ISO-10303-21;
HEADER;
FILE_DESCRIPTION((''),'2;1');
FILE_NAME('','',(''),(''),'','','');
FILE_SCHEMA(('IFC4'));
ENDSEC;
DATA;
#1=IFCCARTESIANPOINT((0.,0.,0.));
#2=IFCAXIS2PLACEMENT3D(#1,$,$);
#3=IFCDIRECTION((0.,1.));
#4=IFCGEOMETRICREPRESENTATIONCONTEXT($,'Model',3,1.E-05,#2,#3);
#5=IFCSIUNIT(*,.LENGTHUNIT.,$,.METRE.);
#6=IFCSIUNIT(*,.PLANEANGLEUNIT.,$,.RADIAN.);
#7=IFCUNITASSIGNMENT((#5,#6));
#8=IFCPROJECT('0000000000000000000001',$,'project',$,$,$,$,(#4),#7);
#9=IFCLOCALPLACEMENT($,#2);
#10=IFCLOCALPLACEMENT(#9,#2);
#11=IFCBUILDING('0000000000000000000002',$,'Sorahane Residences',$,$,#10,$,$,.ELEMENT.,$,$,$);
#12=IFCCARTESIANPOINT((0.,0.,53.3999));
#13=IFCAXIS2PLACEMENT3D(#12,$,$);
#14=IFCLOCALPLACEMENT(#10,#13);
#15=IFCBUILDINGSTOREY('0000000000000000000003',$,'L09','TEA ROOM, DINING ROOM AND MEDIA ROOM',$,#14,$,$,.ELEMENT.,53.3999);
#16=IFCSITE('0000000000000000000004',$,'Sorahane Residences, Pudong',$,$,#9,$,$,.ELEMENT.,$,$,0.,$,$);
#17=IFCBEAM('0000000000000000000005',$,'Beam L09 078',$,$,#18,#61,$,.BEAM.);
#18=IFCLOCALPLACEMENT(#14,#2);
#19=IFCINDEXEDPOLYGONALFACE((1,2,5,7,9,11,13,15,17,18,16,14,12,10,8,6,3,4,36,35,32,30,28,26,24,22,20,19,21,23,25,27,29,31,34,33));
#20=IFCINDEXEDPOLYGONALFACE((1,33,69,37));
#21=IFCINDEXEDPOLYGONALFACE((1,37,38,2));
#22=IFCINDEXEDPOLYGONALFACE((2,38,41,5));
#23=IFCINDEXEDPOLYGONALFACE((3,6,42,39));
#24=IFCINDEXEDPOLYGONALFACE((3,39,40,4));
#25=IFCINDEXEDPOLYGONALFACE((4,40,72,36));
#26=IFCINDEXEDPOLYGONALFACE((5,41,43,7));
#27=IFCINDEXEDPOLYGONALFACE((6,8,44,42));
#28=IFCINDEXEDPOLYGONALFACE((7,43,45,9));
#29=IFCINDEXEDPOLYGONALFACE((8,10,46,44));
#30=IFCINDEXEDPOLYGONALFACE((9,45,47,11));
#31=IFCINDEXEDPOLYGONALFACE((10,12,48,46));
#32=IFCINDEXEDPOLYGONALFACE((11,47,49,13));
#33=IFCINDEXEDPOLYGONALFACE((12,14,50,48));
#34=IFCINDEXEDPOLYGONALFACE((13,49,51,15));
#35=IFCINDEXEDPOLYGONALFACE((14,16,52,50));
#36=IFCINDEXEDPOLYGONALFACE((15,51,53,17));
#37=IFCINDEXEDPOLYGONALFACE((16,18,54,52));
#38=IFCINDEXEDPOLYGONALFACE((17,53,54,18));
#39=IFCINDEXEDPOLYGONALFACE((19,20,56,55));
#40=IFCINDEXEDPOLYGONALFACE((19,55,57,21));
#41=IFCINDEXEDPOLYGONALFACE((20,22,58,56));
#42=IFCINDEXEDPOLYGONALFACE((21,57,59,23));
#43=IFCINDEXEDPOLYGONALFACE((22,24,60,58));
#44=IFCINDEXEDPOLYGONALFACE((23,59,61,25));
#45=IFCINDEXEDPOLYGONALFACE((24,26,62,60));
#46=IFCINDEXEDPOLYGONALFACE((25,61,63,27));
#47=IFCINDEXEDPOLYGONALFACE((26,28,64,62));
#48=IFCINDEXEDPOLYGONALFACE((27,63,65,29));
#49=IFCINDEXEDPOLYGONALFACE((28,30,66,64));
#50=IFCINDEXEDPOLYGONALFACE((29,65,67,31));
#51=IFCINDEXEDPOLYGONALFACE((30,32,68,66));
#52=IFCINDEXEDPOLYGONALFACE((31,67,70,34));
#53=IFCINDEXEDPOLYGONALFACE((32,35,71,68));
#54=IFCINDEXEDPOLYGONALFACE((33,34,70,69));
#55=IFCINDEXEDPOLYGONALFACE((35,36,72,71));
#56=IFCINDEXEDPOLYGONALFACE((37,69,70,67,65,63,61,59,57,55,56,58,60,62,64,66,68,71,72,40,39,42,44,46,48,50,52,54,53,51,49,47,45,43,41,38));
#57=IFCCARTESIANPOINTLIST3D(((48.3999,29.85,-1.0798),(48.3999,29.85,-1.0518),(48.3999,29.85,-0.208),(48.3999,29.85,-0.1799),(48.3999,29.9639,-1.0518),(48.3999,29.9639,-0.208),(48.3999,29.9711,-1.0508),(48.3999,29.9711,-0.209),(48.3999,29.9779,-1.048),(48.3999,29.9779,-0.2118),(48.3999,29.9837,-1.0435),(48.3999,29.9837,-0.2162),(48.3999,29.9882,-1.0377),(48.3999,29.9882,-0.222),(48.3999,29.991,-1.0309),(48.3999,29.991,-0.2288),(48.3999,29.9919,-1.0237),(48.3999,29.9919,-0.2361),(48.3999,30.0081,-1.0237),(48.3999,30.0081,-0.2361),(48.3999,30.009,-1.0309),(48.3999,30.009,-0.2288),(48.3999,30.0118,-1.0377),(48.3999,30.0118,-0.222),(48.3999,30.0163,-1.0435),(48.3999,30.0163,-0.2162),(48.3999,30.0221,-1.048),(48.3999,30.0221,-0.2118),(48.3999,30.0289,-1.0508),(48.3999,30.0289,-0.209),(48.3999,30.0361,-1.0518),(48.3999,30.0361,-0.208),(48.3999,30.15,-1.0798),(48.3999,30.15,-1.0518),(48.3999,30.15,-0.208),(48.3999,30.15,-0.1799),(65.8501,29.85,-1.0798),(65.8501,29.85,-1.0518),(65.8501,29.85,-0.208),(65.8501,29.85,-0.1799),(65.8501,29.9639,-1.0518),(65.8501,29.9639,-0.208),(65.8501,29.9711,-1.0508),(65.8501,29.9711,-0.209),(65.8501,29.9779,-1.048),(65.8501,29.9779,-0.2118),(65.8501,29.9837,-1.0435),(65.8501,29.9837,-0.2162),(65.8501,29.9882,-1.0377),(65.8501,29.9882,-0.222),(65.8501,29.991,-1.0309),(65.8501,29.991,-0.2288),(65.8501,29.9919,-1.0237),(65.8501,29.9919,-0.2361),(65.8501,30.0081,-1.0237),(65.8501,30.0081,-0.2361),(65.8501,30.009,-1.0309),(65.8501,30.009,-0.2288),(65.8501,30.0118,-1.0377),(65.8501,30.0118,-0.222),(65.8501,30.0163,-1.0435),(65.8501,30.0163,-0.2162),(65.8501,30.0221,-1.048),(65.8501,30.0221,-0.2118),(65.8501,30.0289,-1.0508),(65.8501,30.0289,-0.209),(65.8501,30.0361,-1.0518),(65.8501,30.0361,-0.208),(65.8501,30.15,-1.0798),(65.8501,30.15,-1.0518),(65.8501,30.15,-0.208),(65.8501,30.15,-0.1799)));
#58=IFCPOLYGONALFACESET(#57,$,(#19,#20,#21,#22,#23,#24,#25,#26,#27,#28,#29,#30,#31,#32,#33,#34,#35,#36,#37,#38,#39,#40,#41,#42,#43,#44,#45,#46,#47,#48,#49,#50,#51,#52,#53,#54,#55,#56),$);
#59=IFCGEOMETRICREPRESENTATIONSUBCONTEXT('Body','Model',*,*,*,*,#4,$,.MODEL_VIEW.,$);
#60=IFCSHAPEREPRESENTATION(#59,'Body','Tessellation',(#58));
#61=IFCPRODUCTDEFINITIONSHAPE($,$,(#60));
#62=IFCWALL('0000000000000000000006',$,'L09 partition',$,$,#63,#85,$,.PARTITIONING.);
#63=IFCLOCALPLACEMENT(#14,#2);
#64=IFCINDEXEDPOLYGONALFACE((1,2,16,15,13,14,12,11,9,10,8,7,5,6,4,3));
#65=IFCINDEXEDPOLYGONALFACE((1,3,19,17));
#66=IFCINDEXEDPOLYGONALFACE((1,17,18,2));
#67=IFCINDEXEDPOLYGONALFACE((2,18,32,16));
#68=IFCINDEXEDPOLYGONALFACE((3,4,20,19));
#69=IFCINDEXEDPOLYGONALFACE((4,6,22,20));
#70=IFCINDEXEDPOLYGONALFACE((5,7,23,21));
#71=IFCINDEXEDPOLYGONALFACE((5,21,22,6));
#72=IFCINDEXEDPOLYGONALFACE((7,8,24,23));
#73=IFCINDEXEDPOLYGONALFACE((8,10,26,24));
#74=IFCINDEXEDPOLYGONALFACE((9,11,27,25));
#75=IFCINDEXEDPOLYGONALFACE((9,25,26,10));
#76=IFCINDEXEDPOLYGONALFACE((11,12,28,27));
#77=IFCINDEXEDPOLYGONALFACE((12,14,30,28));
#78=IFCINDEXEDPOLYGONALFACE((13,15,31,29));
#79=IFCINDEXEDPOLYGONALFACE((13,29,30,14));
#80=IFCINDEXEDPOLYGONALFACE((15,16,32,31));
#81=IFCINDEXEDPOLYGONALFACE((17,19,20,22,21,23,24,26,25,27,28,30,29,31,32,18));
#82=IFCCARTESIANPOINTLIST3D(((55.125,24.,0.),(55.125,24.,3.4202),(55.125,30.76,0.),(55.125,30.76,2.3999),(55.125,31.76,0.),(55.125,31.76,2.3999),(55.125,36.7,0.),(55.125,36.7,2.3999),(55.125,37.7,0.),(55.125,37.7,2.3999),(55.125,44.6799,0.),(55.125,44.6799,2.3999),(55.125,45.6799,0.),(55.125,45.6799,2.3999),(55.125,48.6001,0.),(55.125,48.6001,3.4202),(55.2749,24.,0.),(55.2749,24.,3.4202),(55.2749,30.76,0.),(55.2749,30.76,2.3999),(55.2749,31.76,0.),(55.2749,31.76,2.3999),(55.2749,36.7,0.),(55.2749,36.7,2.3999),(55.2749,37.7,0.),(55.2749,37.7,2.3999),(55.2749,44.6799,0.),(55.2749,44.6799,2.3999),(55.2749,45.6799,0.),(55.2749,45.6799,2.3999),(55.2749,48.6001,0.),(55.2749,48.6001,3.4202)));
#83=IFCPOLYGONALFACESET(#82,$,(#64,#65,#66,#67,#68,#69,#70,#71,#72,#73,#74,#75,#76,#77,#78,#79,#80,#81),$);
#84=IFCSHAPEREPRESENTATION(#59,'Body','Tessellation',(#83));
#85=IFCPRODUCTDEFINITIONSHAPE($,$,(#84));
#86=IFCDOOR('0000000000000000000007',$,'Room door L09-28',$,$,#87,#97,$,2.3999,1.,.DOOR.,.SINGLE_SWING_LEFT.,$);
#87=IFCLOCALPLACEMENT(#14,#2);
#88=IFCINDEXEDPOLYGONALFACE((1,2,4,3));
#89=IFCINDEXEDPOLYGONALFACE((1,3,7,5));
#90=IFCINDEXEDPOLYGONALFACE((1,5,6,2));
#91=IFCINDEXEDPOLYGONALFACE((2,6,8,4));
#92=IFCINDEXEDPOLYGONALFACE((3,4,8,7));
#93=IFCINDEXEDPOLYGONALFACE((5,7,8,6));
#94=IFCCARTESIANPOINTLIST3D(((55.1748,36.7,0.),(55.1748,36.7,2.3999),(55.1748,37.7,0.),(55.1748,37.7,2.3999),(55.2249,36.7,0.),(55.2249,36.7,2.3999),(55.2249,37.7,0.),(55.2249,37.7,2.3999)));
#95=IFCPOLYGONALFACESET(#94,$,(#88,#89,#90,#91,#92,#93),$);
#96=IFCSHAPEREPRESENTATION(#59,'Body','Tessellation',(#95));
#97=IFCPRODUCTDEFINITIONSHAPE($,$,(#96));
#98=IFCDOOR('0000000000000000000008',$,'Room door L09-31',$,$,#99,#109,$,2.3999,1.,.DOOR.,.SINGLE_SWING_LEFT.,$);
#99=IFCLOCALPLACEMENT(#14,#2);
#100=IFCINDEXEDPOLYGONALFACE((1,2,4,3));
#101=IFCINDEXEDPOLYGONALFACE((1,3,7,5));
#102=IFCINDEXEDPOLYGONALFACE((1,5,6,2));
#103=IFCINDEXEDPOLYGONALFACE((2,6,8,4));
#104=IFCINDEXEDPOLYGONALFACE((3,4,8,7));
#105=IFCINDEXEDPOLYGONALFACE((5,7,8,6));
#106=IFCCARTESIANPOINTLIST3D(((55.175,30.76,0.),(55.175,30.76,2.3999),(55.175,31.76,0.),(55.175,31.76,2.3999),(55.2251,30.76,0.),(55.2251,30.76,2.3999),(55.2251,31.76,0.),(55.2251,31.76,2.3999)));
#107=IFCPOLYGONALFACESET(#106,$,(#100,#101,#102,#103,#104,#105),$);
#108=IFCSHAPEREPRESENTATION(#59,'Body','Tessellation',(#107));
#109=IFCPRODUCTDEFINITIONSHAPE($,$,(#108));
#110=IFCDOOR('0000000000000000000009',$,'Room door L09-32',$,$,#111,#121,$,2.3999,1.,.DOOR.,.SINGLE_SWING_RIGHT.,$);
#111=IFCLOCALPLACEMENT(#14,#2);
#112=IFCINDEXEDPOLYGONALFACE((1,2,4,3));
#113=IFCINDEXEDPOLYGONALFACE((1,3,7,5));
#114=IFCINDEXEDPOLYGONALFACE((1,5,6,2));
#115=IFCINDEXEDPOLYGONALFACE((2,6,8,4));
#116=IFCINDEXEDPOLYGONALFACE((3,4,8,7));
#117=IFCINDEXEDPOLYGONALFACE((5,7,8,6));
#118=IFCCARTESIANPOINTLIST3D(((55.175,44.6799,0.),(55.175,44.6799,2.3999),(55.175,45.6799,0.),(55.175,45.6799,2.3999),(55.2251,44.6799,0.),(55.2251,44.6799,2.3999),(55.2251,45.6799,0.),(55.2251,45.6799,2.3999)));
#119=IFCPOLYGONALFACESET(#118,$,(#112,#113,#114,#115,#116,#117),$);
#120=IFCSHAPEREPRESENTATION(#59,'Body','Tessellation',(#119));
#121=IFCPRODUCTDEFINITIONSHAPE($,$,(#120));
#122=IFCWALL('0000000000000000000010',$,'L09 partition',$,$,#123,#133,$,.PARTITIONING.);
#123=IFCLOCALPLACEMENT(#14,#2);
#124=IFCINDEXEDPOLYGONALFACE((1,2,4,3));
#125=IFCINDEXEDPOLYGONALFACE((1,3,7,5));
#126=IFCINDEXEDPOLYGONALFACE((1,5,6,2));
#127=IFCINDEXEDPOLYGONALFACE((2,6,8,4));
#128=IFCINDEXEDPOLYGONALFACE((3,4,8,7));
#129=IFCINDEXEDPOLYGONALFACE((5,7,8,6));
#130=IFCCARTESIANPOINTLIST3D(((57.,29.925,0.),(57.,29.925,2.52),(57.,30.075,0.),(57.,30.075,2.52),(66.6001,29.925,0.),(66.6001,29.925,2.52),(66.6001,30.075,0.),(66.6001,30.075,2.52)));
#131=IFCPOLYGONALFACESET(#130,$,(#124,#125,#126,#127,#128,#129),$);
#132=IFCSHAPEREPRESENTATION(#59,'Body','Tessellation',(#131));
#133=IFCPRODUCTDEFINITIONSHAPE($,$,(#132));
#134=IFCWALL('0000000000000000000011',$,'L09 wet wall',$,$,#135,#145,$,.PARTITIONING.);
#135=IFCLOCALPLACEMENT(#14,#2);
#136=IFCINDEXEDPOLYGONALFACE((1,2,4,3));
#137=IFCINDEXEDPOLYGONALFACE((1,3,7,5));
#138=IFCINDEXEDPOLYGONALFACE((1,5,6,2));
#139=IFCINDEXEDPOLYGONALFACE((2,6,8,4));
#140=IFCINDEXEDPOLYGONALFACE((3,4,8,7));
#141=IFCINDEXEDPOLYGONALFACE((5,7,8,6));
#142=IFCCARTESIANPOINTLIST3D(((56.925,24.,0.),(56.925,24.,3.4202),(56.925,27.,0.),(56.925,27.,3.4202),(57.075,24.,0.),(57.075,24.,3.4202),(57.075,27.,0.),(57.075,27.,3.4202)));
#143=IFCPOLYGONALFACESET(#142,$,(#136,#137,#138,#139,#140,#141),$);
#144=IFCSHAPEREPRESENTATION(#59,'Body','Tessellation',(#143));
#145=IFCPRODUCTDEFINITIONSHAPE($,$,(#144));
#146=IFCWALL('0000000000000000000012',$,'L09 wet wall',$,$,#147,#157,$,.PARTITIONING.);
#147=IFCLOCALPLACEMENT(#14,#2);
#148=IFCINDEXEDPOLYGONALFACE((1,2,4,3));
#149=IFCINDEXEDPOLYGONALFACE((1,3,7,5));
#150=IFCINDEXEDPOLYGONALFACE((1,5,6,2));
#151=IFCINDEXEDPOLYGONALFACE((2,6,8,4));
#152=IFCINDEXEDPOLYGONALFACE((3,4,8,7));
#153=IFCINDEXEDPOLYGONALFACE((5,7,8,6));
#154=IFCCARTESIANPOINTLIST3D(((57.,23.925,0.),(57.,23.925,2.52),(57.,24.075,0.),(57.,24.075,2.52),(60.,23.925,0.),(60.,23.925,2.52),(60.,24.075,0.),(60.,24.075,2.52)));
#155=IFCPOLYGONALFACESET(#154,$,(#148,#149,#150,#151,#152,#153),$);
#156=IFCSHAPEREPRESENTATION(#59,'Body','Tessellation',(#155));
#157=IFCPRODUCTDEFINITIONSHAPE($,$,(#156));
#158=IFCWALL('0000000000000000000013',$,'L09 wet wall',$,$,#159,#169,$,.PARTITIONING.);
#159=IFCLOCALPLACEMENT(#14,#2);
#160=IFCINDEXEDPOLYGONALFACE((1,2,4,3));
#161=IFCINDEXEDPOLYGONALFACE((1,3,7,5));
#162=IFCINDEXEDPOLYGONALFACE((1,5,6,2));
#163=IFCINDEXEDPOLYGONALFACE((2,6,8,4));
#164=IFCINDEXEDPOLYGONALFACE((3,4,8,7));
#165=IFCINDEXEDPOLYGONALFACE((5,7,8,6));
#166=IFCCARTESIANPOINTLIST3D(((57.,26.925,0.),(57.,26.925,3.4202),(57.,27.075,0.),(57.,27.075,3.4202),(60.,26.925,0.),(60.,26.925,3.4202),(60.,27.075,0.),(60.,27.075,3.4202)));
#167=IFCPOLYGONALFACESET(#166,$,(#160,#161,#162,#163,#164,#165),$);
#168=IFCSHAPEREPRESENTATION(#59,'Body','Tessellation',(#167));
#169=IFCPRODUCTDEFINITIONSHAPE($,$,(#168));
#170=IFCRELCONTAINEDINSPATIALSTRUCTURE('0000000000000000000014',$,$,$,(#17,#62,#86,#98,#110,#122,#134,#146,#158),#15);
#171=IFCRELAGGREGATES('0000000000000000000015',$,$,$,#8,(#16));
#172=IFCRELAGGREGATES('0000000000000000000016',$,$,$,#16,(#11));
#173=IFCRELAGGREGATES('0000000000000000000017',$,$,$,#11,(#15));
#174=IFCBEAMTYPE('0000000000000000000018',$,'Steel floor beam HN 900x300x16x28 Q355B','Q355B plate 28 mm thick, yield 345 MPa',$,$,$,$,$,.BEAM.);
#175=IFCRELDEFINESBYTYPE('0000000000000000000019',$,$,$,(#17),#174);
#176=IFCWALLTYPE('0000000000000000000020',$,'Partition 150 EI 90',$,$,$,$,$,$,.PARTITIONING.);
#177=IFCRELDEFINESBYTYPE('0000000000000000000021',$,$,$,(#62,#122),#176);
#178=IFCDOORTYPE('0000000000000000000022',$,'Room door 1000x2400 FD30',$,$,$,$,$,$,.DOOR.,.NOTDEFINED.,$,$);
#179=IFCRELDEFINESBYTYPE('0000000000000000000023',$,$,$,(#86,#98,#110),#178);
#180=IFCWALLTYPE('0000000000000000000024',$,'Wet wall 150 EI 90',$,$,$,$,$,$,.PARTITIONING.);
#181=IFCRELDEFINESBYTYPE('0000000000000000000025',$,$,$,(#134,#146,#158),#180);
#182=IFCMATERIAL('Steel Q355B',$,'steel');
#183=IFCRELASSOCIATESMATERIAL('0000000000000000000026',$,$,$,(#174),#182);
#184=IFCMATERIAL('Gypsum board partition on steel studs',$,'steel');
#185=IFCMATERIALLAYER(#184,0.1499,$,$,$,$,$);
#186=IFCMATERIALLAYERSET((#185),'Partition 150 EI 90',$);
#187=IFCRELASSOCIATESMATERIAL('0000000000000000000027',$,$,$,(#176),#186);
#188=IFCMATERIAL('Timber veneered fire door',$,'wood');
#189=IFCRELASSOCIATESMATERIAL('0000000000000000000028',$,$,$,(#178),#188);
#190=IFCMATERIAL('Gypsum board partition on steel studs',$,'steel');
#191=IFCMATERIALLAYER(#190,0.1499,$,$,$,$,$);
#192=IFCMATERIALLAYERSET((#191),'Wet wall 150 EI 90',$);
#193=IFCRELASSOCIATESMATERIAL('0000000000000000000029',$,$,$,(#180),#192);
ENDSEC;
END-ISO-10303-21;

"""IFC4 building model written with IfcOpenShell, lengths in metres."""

from ifc_helpers import new_model, si_unit, direction, frame, frame_2d, origin, origin_2d, place, context, subcontext, project, spatial, rectangle, i_section, extrude, material, layer, layer_set, material_profile, profile_set, type_object, element, fill, save


model = new_model("IFC4")

# Units and contexts
model_context = context("Model", 3, precision=1e-05, world=origin(), true_north=direction((0.0, 1.0)))
body_context = subcontext(model_context, "Body", "Model", "MODEL_VIEW")
ifc_project = project(units=[si_unit("LENGTHUNIT", "METRE"), si_unit("PLANEANGLEUNIT", "RADIAN")], contexts=[model_context])

# Site, building, storey
site_placement = place(None, origin())
site = spatial("IfcSite", under=ifc_project, at=site_placement, Name="Sorahane Residences, Pudong", CompositionType="ELEMENT", RefElevation=0.0)
building_placement = place(site_placement, origin())
building = spatial("IfcBuilding", under=site, at=building_placement, Name="Sorahane Residences", CompositionType="ELEMENT")
storey_placement = place(building_placement, frame((0.0, 0.0, 53.3999)))
storey = spatial("IfcBuildingStorey", under=building, at=storey_placement, Name="L09", Description="TEA ROOM, DINING ROOM AND MEDIA ROOM", CompositionType="ELEMENT", Elevation=53.3999)

# Beam
ifc_material_1 = material(Name="Steel Q355B", Category="steel")
ifc_material_profile_1 = material_profile(ifc_material_1, i_section(OverallWidth=0.3, OverallDepth=0.8999, WebThickness=0.0161, FlangeThickness=0.0281, FilletRadius=0.0281, at=origin_2d()), Name="HN 900x300x16x28")
ifc_profile_set_1 = profile_set([ifc_material_profile_1], Name="Steel Q355B")
beam_type_1 = type_object("IfcBeamType", Name="Steel floor beam HN 900x300x16x28 Q355B", Description="Q355B plate 28 mm thick, yield 345 MPa", PredefinedType="BEAM", material=ifc_profile_set_1)
beam_1_placement = place(storey_placement, frame((48.3999, 30.0, -0.6299), z_axis=(1.0, 0.0, 0.0), x_axis=(0.0, 1.0, 0.0)))
element("IfcBeam", 1, at=beam_1_placement, inside=storey, type_object=beam_type_1, Name="Beam L09 078", PredefinedType="BEAM", context=body_context, shape_type="SweptSolid", body=[
    extrude(i_section(OverallWidth=0.3, OverallDepth=0.8999, WebThickness=0.0161, FlangeThickness=0.0281, FilletRadius=0.0281, at=origin_2d()), origin(), (0.0, 0.0, 1.0), 17.4502),
])

# Wall, openings, doors
ifc_material_2 = material(Name="Gypsum board partition on steel studs", Category="steel")
ifc_layer_1 = layer(ifc_material_2, 0.1499)
ifc_layer_set_1 = layer_set([ifc_layer_1], Name="Partition 150 EI 90")
wall_type_1 = type_object("IfcWallType", Name="Partition 150 EI 90", PredefinedType="PARTITIONING", material=ifc_layer_set_1)
wall_1_placement = place(storey_placement, frame((55.2, 24.0, 0.0), z_axis=(0.0, 0.0, 1.0), x_axis=(0.0, 1.0, 0.0)))
wall_1 = element("IfcWall", 2, at=wall_1_placement, inside=storey, type_object=wall_type_1, Name="L09 partition", PredefinedType="PARTITIONING", context=body_context, shape_type="SweptSolid", body=[
    extrude(rectangle(XDim=24.6001, YDim=0.1499, at=frame_2d((12.3, 0.0))), origin(), (0.0, 0.0, 1.0), 3.4202),
])
opening_1_placement = place(wall_1_placement, frame((12.7, 0.0, 0.0)))
opening_1 = element("IfcOpeningElement", 3, at=opening_1_placement, cuts=wall_1, PredefinedType="OPENING", context=body_context, shape_type="SweptSolid", body=[
    extrude(rectangle(XDim=1.0, YDim=2.3999, at=frame_2d((0.5, 1.2))), frame((0.0, 0.085, 0.0), z_axis=(0.0, -1.0, 0.0), x_axis=(1.0, 0.0, 0.0)), (0.0, 0.0, 1.0), 0.1699),
])
opening_2_placement = place(wall_1_placement, frame((6.76, 0.0, 0.0)))
opening_2 = element("IfcOpeningElement", 4, at=opening_2_placement, cuts=wall_1, PredefinedType="OPENING", context=body_context, shape_type="SweptSolid", body=[
    extrude(rectangle(XDim=1.0, YDim=2.3999, at=frame_2d((0.5, 1.2))), frame((0.0, 0.085, 0.0), z_axis=(0.0, -1.0, 0.0), x_axis=(1.0, 0.0, 0.0)), (0.0, 0.0, 1.0), 0.1699),
])
opening_3_placement = place(wall_1_placement, frame((20.6799, 0.0, 0.0)))
opening_3 = element("IfcOpeningElement", 5, at=opening_3_placement, cuts=wall_1, PredefinedType="OPENING", context=body_context, shape_type="SweptSolid", body=[
    extrude(rectangle(XDim=1.0, YDim=2.3999, at=frame_2d((0.5, 1.2))), frame((0.0, 0.085, 0.0), z_axis=(0.0, -1.0, 0.0), x_axis=(1.0, 0.0, 0.0)), (0.0, 0.0, 1.0), 0.1699),
])
ifc_material_3 = material(Name="Timber veneered fire door", Category="wood")
door_type_1 = type_object("IfcDoorType", Name="Room door 1000x2400 FD30", OperationType="NOTDEFINED", PredefinedType="DOOR", material=ifc_material_3)
door_1_placement = place(opening_1_placement, frame((1.0, 0.0, 0.0), z_axis=(0.0, 0.0, 1.0), x_axis=(-1.0, 0.0, 0.0)))
door_1 = element("IfcDoor", 6, at=door_1_placement, inside=storey, type_object=door_type_1, Name="Room door L09-28", OperationType="SINGLE_SWING_LEFT", OverallHeight=2.3999, OverallWidth=1.0, PredefinedType="DOOR", context=body_context, shape_type="SweptSolid", body=[
    extrude(rectangle(XDim=1.0, YDim=2.3999, at=frame_2d((0.5, 1.2))), frame((0.0, 0.0249, 0.0), z_axis=(0.0, -1.0, 0.0), x_axis=(1.0, 0.0, 0.0)), (0.0, 0.0, 1.0), 0.05),
])
fill(opening_1, door_1)
door_2_placement = place(opening_2_placement, origin())
door_2 = element("IfcDoor", 7, at=door_2_placement, inside=storey, type_object=door_type_1, Name="Room door L09-31", OperationType="SINGLE_SWING_LEFT", OverallHeight=2.3999, OverallWidth=1.0, PredefinedType="DOOR", context=body_context, shape_type="SweptSolid", body=[
    extrude(rectangle(XDim=1.0, YDim=2.3999, at=frame_2d((0.5, 1.2))), frame((0.0, 0.0249, 0.0), z_axis=(0.0, -1.0, 0.0), x_axis=(1.0, 0.0, 0.0)), (0.0, 0.0, 1.0), 0.05),
])
fill(opening_2, door_2)
door_3_placement = place(opening_3_placement, origin())
door_3 = element("IfcDoor", 8, at=door_3_placement, inside=storey, type_object=door_type_1, Name="Room door L09-32", OperationType="SINGLE_SWING_RIGHT", OverallHeight=2.3999, OverallWidth=1.0, PredefinedType="DOOR", context=body_context, shape_type="SweptSolid", body=[
    extrude(rectangle(XDim=1.0, YDim=2.3999, at=frame_2d((0.5, 1.2))), frame((0.0, 0.0249, 0.0), z_axis=(0.0, -1.0, 0.0), x_axis=(1.0, 0.0, 0.0)), (0.0, 0.0, 1.0), 0.05),
])
fill(opening_3, door_3)

# Walls
wall_2_placement = place(storey_placement, frame((57.0, 30.0, 0.0), z_axis=(0.0, 0.0, 1.0), x_axis=(1.0, 0.0, 0.0)))
element("IfcWall", 9, at=wall_2_placement, inside=storey, type_object=wall_type_1, Name="L09 partition", PredefinedType="PARTITIONING", context=body_context, shape_type="SweptSolid", body=[
    extrude(rectangle(XDim=9.6001, YDim=0.1499, at=frame_2d((4.8, 0.0))), origin(), (0.0, 0.0, 1.0), 2.52),
])
ifc_material_4 = material(Name="Gypsum board partition on steel studs", Category="steel")
ifc_layer_2 = layer(ifc_material_4, 0.1499)
ifc_layer_set_2 = layer_set([ifc_layer_2], Name="Wet wall 150 EI 90")
wall_type_2 = type_object("IfcWallType", Name="Wet wall 150 EI 90", PredefinedType="PARTITIONING", material=ifc_layer_set_2)
wall_3_placement = place(storey_placement, frame((57.0, 24.0, 0.0), z_axis=(0.0, 0.0, 1.0), x_axis=(0.0, 1.0, 0.0)))
element("IfcWall", 10, at=wall_3_placement, inside=storey, type_object=wall_type_2, Name="L09 wet wall", PredefinedType="PARTITIONING", context=body_context, shape_type="SweptSolid", body=[
    extrude(rectangle(XDim=3.0, YDim=0.1499, at=frame_2d((1.5, 0.0))), origin(), (0.0, 0.0, 1.0), 3.4202),
])
wall_4_placement = place(storey_placement, frame((57.0, 24.0, 0.0), z_axis=(0.0, 0.0, 1.0), x_axis=(1.0, 0.0, 0.0)))
element("IfcWall", 11, at=wall_4_placement, inside=storey, type_object=wall_type_2, Name="L09 wet wall", PredefinedType="PARTITIONING", context=body_context, shape_type="SweptSolid", body=[
    extrude(rectangle(XDim=3.0, YDim=0.1499, at=frame_2d((1.5, 0.0))), origin(), (0.0, 0.0, 1.0), 2.52),
])
wall_5_placement = place(storey_placement, frame((57.0, 27.0, 0.0), z_axis=(0.0, 0.0, 1.0), x_axis=(1.0, 0.0, 0.0)))
element("IfcWall", 12, at=wall_5_placement, inside=storey, type_object=wall_type_2, Name="L09 wet wall", PredefinedType="PARTITIONING", context=body_context, shape_type="SweptSolid", body=[
    extrude(rectangle(XDim=3.0, YDim=0.1499, at=frame_2d((1.5, 0.0))), origin(), (0.0, 0.0, 1.0), 3.4202),
])

save(model, "model.ifc")
